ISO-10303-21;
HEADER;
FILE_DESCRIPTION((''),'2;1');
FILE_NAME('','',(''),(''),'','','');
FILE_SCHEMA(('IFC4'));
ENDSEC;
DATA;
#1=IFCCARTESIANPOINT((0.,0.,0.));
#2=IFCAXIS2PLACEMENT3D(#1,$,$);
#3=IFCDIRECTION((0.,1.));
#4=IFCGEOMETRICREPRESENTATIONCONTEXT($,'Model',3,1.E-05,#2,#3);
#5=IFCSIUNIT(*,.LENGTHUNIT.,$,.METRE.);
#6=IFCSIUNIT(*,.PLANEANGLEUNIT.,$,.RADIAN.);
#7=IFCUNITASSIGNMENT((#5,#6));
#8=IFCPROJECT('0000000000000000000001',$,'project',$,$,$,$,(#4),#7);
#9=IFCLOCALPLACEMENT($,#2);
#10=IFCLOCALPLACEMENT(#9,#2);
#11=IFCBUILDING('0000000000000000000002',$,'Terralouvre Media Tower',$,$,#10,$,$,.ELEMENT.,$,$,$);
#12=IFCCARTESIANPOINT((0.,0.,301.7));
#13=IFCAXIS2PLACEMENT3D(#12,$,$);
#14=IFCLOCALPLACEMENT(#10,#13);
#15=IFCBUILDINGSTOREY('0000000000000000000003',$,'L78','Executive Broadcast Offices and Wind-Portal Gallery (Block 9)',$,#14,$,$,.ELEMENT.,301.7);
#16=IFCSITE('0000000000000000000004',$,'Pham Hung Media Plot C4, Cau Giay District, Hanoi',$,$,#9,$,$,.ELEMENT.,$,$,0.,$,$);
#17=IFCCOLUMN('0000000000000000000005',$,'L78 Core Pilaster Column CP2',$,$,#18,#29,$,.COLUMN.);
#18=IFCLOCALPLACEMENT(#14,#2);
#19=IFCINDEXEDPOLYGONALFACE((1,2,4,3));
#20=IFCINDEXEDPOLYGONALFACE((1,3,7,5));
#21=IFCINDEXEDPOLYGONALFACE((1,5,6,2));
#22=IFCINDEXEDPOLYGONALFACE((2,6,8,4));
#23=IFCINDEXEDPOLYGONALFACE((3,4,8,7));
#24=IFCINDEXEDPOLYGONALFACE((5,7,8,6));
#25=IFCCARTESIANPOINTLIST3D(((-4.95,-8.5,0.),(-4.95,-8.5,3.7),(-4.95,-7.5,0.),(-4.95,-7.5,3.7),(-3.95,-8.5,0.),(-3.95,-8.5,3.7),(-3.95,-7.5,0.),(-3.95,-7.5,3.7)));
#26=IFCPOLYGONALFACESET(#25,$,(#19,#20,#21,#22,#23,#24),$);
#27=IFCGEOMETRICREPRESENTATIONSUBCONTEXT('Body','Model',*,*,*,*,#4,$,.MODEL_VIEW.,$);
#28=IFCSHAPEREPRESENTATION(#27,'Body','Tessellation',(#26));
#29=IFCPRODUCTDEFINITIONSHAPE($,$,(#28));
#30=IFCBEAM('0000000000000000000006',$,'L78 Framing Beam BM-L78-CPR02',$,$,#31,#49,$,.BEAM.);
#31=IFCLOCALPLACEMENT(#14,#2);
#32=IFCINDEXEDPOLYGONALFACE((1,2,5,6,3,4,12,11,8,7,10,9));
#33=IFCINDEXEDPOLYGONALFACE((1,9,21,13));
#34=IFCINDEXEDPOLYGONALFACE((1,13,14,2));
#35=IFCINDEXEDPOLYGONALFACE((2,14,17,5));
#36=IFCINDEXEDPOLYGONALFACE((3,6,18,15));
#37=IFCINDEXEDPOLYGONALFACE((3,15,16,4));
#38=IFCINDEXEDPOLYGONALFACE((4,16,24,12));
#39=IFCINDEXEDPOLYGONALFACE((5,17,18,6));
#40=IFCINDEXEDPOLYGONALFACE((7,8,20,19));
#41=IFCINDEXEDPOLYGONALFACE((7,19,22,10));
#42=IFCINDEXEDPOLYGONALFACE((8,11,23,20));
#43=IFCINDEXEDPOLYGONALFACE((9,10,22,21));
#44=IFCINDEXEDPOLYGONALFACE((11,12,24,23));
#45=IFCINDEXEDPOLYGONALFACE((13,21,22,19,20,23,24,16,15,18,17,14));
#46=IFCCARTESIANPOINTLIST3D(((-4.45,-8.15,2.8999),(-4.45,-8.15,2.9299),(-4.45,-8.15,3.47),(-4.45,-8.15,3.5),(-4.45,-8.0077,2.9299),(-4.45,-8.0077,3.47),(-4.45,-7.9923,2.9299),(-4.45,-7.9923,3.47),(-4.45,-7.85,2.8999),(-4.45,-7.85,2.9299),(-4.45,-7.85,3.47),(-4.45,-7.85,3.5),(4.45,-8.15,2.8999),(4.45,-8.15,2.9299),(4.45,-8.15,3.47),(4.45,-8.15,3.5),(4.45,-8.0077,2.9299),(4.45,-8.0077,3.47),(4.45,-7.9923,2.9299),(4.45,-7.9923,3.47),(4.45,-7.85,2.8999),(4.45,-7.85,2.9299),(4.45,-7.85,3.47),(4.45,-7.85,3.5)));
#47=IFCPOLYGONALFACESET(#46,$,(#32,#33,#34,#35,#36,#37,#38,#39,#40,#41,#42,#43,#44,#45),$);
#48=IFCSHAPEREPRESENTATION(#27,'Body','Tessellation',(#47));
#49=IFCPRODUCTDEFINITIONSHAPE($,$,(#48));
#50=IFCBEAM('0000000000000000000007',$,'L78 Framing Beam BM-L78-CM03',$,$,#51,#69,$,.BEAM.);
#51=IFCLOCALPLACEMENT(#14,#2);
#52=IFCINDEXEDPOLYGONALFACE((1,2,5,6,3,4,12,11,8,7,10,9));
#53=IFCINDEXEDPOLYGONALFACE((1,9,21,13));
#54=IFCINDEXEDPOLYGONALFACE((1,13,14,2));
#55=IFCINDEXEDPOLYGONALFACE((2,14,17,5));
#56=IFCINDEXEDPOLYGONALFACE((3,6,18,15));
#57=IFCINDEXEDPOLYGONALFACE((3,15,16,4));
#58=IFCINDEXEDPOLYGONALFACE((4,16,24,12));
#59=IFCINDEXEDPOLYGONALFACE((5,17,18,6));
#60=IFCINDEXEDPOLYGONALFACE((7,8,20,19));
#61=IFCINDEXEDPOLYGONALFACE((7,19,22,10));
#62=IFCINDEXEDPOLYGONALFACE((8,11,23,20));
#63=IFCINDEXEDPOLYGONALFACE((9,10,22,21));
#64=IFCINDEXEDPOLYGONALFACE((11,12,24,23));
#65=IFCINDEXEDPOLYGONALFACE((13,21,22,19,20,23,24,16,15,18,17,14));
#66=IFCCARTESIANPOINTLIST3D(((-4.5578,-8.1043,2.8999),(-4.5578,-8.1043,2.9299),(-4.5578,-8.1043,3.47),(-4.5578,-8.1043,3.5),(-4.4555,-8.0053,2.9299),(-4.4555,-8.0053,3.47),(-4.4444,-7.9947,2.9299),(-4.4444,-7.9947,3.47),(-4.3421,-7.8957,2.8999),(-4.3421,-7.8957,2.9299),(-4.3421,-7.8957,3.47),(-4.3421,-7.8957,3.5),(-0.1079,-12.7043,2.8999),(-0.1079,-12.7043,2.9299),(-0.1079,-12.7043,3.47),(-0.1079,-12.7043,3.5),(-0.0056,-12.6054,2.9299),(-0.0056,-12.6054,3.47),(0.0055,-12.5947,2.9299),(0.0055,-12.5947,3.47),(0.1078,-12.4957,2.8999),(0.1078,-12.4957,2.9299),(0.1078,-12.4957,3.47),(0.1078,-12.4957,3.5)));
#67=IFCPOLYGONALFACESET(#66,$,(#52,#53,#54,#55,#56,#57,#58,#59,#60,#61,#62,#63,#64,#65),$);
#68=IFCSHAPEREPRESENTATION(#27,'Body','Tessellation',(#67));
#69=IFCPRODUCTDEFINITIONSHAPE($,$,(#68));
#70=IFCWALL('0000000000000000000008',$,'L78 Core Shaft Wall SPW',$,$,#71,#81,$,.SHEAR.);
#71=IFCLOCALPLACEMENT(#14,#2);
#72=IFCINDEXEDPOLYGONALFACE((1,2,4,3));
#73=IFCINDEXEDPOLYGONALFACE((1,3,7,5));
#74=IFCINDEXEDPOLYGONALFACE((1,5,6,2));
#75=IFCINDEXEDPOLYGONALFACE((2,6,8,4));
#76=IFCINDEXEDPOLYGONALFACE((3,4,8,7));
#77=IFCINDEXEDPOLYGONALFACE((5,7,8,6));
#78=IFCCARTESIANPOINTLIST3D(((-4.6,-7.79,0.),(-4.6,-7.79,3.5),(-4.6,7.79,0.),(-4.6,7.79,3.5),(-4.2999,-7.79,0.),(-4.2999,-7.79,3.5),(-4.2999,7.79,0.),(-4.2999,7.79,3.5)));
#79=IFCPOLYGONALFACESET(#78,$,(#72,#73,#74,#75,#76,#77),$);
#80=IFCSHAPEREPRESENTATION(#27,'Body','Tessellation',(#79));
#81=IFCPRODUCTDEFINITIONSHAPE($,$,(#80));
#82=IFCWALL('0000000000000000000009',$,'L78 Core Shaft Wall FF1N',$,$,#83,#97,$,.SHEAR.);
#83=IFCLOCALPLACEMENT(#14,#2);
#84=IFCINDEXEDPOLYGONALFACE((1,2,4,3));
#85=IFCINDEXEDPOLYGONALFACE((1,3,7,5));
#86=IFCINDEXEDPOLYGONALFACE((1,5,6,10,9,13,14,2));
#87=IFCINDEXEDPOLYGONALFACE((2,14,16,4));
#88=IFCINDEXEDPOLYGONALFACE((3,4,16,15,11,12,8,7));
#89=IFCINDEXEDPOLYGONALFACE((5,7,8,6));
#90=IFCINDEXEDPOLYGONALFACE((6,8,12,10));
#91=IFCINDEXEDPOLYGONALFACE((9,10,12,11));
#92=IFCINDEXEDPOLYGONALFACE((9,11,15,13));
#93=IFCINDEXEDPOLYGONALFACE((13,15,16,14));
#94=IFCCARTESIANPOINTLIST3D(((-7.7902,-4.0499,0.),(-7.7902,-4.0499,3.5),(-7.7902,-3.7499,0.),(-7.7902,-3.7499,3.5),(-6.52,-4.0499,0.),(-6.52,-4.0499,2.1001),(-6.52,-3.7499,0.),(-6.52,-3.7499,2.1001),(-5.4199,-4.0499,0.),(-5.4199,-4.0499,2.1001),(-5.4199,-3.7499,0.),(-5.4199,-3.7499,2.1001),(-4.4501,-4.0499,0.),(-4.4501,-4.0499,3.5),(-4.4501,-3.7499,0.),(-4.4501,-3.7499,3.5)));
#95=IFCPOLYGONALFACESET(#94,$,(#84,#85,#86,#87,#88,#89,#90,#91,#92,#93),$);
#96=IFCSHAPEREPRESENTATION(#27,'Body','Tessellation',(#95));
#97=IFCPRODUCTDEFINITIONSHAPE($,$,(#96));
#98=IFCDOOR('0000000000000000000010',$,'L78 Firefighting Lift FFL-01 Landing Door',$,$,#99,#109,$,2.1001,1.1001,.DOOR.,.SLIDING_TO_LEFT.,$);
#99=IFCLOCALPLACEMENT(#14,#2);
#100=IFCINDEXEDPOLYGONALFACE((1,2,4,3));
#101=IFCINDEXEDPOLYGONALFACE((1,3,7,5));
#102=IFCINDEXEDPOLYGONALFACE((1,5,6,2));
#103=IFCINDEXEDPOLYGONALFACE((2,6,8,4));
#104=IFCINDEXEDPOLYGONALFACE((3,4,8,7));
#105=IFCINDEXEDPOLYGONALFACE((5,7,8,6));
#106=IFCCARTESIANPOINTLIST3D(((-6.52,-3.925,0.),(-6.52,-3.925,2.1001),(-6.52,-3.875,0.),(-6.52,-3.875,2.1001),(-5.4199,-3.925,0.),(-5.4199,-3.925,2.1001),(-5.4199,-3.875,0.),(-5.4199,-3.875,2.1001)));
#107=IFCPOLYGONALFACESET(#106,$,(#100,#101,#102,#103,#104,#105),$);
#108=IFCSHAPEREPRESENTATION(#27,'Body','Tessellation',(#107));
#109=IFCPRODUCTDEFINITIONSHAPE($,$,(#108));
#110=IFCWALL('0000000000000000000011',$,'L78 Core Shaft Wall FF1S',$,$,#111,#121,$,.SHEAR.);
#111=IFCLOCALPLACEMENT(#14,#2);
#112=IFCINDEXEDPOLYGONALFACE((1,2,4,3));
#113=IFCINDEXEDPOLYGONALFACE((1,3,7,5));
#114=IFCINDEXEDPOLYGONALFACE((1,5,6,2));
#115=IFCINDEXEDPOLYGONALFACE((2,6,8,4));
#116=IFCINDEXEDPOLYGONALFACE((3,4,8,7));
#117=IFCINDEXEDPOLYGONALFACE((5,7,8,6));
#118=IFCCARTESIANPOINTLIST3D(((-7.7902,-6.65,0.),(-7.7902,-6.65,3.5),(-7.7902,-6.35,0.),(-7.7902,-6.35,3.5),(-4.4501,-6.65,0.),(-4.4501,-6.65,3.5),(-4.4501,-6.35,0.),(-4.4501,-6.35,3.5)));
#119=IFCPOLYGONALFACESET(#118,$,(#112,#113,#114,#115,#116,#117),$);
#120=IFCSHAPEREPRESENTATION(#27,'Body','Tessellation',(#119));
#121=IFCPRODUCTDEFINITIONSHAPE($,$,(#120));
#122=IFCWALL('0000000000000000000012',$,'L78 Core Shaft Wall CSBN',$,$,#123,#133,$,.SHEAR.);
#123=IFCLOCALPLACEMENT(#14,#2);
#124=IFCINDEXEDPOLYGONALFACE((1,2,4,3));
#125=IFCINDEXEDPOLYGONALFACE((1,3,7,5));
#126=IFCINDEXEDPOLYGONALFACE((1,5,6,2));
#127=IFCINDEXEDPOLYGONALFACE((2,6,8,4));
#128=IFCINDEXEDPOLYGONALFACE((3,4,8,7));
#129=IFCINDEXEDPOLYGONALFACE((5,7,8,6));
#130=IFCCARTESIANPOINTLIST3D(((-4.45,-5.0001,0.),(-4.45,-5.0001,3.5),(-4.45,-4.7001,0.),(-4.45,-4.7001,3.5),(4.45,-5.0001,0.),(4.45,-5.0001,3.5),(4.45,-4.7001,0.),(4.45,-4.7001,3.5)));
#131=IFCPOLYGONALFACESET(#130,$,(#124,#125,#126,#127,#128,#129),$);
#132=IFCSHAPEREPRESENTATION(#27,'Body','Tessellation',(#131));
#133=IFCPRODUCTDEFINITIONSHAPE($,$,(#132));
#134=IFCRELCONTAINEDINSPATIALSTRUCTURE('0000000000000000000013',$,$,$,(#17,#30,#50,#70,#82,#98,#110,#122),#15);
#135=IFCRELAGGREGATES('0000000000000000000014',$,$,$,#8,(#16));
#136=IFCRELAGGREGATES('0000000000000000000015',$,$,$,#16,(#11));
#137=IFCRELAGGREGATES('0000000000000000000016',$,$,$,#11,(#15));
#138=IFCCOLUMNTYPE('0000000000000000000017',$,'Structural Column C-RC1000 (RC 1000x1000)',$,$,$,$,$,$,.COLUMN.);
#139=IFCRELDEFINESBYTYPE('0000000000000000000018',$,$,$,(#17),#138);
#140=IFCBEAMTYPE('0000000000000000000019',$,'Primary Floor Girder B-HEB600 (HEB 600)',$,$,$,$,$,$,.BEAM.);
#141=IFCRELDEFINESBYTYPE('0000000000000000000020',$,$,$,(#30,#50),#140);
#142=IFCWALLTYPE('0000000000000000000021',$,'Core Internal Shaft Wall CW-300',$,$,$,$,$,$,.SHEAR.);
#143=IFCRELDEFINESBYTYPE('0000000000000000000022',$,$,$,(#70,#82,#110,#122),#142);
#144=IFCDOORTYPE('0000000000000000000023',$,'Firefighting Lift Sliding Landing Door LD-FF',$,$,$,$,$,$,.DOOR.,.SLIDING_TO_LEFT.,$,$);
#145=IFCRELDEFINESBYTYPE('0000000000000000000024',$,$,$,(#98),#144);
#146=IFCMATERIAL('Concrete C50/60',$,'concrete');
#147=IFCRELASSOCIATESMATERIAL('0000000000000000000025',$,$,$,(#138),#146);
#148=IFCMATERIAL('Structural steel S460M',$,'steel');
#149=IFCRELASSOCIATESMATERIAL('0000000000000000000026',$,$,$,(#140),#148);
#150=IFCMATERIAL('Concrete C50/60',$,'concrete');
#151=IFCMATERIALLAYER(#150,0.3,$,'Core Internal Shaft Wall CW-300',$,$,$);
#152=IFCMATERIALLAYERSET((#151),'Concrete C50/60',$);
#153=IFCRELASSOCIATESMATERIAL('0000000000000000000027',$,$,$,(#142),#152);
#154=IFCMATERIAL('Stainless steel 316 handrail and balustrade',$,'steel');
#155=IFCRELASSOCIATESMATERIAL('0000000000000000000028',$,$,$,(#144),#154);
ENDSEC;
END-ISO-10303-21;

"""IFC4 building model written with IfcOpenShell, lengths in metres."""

from ifc_helpers import new_model, si_unit, direction, frame, frame_2d, origin, origin_2d, place, context, subcontext, project, spatial, rectangle, i_section, extrude, material, layer, layer_set, material_profile, profile_set, type_object, element, fill, save


model = new_model("IFC4")

# Units and contexts
model_context = context("Model", 3, precision=1e-05, world=origin(), true_north=direction((0.0, 1.0)))
body_context = subcontext(model_context, "Body", "Model", "MODEL_VIEW")
ifc_project = project(units=[si_unit("LENGTHUNIT", "METRE"), si_unit("PLANEANGLEUNIT", "RADIAN")], contexts=[model_context])

# Site, building, storey
site_placement = place(None, origin())
site = spatial("IfcSite", under=ifc_project, at=site_placement, Name="Pham Hung Media Plot C4, Cau Giay District, Hanoi", CompositionType="ELEMENT", RefElevation=0.0)
building_placement = place(site_placement, origin())
building = spatial("IfcBuilding", under=site, at=building_placement, Name="Terralouvre Media Tower", CompositionType="ELEMENT")
storey_placement = place(building_placement, frame((0.0, 0.0, 301.7)))
storey = spatial("IfcBuildingStorey", under=building, at=storey_placement, Name="L78", Description="Executive Broadcast Offices and Wind-Portal Gallery (Block 9)", CompositionType="ELEMENT", Elevation=301.7)

# Column
ifc_material_1 = material(Name="Concrete C50/60", Category="concrete")
ifc_material_profile_1 = material_profile(ifc_material_1, rectangle(XDim=1.0, YDim=1.0, at=origin_2d()), Name="RC 1000x1000")
ifc_profile_set_1 = profile_set([ifc_material_profile_1], Name="Concrete C50/60")
column_type = type_object("IfcColumnType", Name="Structural Column C-RC1000 (RC 1000x1000)", PredefinedType="COLUMN", material=ifc_profile_set_1)
column_placement = place(storey_placement, frame((-4.45, -8.0, 0.0), z_axis=(0.0, 0.0, 1.0), x_axis=(1.0, 0.0, 0.0)))
element("IfcColumn", 1, at=column_placement, inside=storey, type_object=column_type, Name="L78 Core Pilaster Column CP2", PredefinedType="COLUMN", context=body_context, shape_type="SweptSolid", body=[
    extrude(rectangle(XDim=1.0, YDim=1.0, at=origin_2d()), origin(), (0.0, 0.0, 1.0), 3.7),
])

# Beams
ifc_material_2 = material(Name="Structural steel S460M", Category="steel")
ifc_material_profile_2 = material_profile(ifc_material_2, i_section(OverallWidth=0.3, OverallDepth=0.6001, WebThickness=0.0154, FlangeThickness=0.03, at=origin_2d()), Name="HEB 600")
ifc_profile_set_2 = profile_set([ifc_material_profile_2], Name="Structural steel S460M")
beam_type = type_object("IfcBeamType", Name="Primary Floor Girder B-HEB600 (HEB 600)", PredefinedType="BEAM", material=ifc_profile_set_2)
beam_1_placement = place(storey_placement, frame((-4.45, -8.0, 3.2), z_axis=(1.0, 0.0, 0.0), x_axis=(0.0, 1.0, 0.0)))
element("IfcBeam", 2, at=beam_1_placement, inside=storey, type_object=beam_type, Name="L78 Framing Beam BM-L78-CPR02", PredefinedType="BEAM", context=body_context, shape_type="SweptSolid", body=[
    extrude(i_section(OverallWidth=0.3, OverallDepth=0.6001, WebThickness=0.0154, FlangeThickness=0.03, at=origin_2d()), origin(), (0.0, 0.0, 1.0), 8.8999),
])
beam_2_placement = place(storey_placement, frame((-4.45, -8.0, 3.2), z_axis=(0.69528, -0.718739, 0.0), x_axis=(0.718739, 0.69528, 0.0)))
element("IfcBeam", 3, at=beam_2_placement, inside=storey, type_object=beam_type, Name="L78 Framing Beam BM-L78-CM03", PredefinedType="BEAM", context=body_context, shape_type="SweptSolid", body=[
    extrude(i_section(OverallWidth=0.3, OverallDepth=0.6001, WebThickness=0.0154, FlangeThickness=0.03, at=origin_2d()), origin(), (0.0, 0.0, 1.0), 6.4001),
])

# Wall
ifc_material_3 = material(Name="Concrete C50/60", Category="concrete")
ifc_layer_1 = layer(ifc_material_3, 0.3, Name="Core Internal Shaft Wall CW-300")
ifc_layer_set_1 = layer_set([ifc_layer_1], Name="Concrete C50/60")
wall_type_1 = type_object("IfcWallType", Name="Core Internal Shaft Wall CW-300", PredefinedType="SHEAR", material=ifc_layer_set_1)
wall_1_placement = place(storey_placement, frame((-4.45, -7.79, 0.0), z_axis=(0.0, 0.0, 1.0), x_axis=(0.0, 1.0, 0.0)))
element("IfcWall", 4, at=wall_1_placement, inside=storey, type_object=wall_type_1, Name="L78 Core Shaft Wall SPW", PredefinedType="SHEAR", context=body_context, shape_type="SweptSolid", body=[
    extrude(rectangle(XDim=15.5801, YDim=0.3, at=frame_2d((7.79, 0.0))), origin(), (0.0, 0.0, 1.0), 3.5),
])

# Wall, opening, door
wall_2_placement = place(storey_placement, frame((-7.79, -3.8999, 0.0), z_axis=(0.0, 0.0, 1.0), x_axis=(1.0, 0.0, 0.0)))
wall_2 = element("IfcWall", 5, at=wall_2_placement, inside=storey, type_object=wall_type_1, Name="L78 Core Shaft Wall FF1N", PredefinedType="SHEAR", context=body_context, shape_type="SweptSolid", body=[
    extrude(rectangle(XDim=3.3401, YDim=0.3, at=frame_2d((1.6699, 0.0))), origin(), (0.0, 0.0, 1.0), 3.5),
])
opening_1_placement = place(wall_2_placement, frame((1.27, 0.0, 0.0)))
opening_1 = element("IfcOpeningElement", 6, at=opening_1_placement, cuts=wall_2, PredefinedType="OPENING", context=body_context, shape_type="SweptSolid", body=[
    extrude(rectangle(XDim=1.1001, YDim=2.1001, at=frame_2d((0.55, 1.05))), frame((0.0, 0.1599, 0.0), z_axis=(0.0, -1.0, 0.0), x_axis=(1.0, 0.0, 0.0)), (0.0, 0.0, 1.0), 0.3201),
])
ifc_material_4 = material(Name="Stainless steel 316 handrail and balustrade", Category="steel")
door_type_1 = type_object("IfcDoorType", Name="Firefighting Lift Sliding Landing Door LD-FF", OperationType="SLIDING_TO_LEFT", PredefinedType="DOOR", material=ifc_material_4)
door_1_placement = place(opening_1_placement, origin())
door_1 = element("IfcDoor", 7, at=door_1_placement, inside=storey, type_object=door_type_1, Name="L78 Firefighting Lift FFL-01 Landing Door", OperationType="SLIDING_TO_LEFT", OverallHeight=2.1001, OverallWidth=1.1001, PredefinedType="DOOR", context=body_context, shape_type="SweptSolid", body=[
    extrude(rectangle(XDim=1.1001, YDim=2.1001, at=frame_2d((0.55, 1.05))), frame((0.0, 0.0249, 0.0), z_axis=(0.0, -1.0, 0.0), x_axis=(1.0, 0.0, 0.0)), (0.0, 0.0, 1.0), 0.05),
])
fill(opening_1, door_1)

# Walls
wall_3_placement = place(storey_placement, frame((-7.79, -6.5, 0.0), z_axis=(0.0, 0.0, 1.0), x_axis=(1.0, 0.0, 0.0)))
element("IfcWall", 8, at=wall_3_placement, inside=storey, type_object=wall_type_1, Name="L78 Core Shaft Wall FF1S", PredefinedType="SHEAR", context=body_context, shape_type="SweptSolid", body=[
    extrude(rectangle(XDim=3.3401, YDim=0.3, at=frame_2d((1.6699, 0.0))), origin(), (0.0, 0.0, 1.0), 3.5),
])
wall_4_placement = place(storey_placement, frame((-4.45, -4.8501, 0.0), z_axis=(0.0, 0.0, 1.0), x_axis=(1.0, 0.0, 0.0)))
element("IfcWall", 9, at=wall_4_placement, inside=storey, type_object=wall_type_1, Name="L78 Core Shaft Wall CSBN", PredefinedType="SHEAR", context=body_context, shape_type="SweptSolid", body=[
    extrude(rectangle(XDim=8.8999, YDim=0.3, at=frame_2d((4.45, 0.0))), origin(), (0.0, 0.0, 1.0), 3.5),
])

save(model, "model.ifc")
